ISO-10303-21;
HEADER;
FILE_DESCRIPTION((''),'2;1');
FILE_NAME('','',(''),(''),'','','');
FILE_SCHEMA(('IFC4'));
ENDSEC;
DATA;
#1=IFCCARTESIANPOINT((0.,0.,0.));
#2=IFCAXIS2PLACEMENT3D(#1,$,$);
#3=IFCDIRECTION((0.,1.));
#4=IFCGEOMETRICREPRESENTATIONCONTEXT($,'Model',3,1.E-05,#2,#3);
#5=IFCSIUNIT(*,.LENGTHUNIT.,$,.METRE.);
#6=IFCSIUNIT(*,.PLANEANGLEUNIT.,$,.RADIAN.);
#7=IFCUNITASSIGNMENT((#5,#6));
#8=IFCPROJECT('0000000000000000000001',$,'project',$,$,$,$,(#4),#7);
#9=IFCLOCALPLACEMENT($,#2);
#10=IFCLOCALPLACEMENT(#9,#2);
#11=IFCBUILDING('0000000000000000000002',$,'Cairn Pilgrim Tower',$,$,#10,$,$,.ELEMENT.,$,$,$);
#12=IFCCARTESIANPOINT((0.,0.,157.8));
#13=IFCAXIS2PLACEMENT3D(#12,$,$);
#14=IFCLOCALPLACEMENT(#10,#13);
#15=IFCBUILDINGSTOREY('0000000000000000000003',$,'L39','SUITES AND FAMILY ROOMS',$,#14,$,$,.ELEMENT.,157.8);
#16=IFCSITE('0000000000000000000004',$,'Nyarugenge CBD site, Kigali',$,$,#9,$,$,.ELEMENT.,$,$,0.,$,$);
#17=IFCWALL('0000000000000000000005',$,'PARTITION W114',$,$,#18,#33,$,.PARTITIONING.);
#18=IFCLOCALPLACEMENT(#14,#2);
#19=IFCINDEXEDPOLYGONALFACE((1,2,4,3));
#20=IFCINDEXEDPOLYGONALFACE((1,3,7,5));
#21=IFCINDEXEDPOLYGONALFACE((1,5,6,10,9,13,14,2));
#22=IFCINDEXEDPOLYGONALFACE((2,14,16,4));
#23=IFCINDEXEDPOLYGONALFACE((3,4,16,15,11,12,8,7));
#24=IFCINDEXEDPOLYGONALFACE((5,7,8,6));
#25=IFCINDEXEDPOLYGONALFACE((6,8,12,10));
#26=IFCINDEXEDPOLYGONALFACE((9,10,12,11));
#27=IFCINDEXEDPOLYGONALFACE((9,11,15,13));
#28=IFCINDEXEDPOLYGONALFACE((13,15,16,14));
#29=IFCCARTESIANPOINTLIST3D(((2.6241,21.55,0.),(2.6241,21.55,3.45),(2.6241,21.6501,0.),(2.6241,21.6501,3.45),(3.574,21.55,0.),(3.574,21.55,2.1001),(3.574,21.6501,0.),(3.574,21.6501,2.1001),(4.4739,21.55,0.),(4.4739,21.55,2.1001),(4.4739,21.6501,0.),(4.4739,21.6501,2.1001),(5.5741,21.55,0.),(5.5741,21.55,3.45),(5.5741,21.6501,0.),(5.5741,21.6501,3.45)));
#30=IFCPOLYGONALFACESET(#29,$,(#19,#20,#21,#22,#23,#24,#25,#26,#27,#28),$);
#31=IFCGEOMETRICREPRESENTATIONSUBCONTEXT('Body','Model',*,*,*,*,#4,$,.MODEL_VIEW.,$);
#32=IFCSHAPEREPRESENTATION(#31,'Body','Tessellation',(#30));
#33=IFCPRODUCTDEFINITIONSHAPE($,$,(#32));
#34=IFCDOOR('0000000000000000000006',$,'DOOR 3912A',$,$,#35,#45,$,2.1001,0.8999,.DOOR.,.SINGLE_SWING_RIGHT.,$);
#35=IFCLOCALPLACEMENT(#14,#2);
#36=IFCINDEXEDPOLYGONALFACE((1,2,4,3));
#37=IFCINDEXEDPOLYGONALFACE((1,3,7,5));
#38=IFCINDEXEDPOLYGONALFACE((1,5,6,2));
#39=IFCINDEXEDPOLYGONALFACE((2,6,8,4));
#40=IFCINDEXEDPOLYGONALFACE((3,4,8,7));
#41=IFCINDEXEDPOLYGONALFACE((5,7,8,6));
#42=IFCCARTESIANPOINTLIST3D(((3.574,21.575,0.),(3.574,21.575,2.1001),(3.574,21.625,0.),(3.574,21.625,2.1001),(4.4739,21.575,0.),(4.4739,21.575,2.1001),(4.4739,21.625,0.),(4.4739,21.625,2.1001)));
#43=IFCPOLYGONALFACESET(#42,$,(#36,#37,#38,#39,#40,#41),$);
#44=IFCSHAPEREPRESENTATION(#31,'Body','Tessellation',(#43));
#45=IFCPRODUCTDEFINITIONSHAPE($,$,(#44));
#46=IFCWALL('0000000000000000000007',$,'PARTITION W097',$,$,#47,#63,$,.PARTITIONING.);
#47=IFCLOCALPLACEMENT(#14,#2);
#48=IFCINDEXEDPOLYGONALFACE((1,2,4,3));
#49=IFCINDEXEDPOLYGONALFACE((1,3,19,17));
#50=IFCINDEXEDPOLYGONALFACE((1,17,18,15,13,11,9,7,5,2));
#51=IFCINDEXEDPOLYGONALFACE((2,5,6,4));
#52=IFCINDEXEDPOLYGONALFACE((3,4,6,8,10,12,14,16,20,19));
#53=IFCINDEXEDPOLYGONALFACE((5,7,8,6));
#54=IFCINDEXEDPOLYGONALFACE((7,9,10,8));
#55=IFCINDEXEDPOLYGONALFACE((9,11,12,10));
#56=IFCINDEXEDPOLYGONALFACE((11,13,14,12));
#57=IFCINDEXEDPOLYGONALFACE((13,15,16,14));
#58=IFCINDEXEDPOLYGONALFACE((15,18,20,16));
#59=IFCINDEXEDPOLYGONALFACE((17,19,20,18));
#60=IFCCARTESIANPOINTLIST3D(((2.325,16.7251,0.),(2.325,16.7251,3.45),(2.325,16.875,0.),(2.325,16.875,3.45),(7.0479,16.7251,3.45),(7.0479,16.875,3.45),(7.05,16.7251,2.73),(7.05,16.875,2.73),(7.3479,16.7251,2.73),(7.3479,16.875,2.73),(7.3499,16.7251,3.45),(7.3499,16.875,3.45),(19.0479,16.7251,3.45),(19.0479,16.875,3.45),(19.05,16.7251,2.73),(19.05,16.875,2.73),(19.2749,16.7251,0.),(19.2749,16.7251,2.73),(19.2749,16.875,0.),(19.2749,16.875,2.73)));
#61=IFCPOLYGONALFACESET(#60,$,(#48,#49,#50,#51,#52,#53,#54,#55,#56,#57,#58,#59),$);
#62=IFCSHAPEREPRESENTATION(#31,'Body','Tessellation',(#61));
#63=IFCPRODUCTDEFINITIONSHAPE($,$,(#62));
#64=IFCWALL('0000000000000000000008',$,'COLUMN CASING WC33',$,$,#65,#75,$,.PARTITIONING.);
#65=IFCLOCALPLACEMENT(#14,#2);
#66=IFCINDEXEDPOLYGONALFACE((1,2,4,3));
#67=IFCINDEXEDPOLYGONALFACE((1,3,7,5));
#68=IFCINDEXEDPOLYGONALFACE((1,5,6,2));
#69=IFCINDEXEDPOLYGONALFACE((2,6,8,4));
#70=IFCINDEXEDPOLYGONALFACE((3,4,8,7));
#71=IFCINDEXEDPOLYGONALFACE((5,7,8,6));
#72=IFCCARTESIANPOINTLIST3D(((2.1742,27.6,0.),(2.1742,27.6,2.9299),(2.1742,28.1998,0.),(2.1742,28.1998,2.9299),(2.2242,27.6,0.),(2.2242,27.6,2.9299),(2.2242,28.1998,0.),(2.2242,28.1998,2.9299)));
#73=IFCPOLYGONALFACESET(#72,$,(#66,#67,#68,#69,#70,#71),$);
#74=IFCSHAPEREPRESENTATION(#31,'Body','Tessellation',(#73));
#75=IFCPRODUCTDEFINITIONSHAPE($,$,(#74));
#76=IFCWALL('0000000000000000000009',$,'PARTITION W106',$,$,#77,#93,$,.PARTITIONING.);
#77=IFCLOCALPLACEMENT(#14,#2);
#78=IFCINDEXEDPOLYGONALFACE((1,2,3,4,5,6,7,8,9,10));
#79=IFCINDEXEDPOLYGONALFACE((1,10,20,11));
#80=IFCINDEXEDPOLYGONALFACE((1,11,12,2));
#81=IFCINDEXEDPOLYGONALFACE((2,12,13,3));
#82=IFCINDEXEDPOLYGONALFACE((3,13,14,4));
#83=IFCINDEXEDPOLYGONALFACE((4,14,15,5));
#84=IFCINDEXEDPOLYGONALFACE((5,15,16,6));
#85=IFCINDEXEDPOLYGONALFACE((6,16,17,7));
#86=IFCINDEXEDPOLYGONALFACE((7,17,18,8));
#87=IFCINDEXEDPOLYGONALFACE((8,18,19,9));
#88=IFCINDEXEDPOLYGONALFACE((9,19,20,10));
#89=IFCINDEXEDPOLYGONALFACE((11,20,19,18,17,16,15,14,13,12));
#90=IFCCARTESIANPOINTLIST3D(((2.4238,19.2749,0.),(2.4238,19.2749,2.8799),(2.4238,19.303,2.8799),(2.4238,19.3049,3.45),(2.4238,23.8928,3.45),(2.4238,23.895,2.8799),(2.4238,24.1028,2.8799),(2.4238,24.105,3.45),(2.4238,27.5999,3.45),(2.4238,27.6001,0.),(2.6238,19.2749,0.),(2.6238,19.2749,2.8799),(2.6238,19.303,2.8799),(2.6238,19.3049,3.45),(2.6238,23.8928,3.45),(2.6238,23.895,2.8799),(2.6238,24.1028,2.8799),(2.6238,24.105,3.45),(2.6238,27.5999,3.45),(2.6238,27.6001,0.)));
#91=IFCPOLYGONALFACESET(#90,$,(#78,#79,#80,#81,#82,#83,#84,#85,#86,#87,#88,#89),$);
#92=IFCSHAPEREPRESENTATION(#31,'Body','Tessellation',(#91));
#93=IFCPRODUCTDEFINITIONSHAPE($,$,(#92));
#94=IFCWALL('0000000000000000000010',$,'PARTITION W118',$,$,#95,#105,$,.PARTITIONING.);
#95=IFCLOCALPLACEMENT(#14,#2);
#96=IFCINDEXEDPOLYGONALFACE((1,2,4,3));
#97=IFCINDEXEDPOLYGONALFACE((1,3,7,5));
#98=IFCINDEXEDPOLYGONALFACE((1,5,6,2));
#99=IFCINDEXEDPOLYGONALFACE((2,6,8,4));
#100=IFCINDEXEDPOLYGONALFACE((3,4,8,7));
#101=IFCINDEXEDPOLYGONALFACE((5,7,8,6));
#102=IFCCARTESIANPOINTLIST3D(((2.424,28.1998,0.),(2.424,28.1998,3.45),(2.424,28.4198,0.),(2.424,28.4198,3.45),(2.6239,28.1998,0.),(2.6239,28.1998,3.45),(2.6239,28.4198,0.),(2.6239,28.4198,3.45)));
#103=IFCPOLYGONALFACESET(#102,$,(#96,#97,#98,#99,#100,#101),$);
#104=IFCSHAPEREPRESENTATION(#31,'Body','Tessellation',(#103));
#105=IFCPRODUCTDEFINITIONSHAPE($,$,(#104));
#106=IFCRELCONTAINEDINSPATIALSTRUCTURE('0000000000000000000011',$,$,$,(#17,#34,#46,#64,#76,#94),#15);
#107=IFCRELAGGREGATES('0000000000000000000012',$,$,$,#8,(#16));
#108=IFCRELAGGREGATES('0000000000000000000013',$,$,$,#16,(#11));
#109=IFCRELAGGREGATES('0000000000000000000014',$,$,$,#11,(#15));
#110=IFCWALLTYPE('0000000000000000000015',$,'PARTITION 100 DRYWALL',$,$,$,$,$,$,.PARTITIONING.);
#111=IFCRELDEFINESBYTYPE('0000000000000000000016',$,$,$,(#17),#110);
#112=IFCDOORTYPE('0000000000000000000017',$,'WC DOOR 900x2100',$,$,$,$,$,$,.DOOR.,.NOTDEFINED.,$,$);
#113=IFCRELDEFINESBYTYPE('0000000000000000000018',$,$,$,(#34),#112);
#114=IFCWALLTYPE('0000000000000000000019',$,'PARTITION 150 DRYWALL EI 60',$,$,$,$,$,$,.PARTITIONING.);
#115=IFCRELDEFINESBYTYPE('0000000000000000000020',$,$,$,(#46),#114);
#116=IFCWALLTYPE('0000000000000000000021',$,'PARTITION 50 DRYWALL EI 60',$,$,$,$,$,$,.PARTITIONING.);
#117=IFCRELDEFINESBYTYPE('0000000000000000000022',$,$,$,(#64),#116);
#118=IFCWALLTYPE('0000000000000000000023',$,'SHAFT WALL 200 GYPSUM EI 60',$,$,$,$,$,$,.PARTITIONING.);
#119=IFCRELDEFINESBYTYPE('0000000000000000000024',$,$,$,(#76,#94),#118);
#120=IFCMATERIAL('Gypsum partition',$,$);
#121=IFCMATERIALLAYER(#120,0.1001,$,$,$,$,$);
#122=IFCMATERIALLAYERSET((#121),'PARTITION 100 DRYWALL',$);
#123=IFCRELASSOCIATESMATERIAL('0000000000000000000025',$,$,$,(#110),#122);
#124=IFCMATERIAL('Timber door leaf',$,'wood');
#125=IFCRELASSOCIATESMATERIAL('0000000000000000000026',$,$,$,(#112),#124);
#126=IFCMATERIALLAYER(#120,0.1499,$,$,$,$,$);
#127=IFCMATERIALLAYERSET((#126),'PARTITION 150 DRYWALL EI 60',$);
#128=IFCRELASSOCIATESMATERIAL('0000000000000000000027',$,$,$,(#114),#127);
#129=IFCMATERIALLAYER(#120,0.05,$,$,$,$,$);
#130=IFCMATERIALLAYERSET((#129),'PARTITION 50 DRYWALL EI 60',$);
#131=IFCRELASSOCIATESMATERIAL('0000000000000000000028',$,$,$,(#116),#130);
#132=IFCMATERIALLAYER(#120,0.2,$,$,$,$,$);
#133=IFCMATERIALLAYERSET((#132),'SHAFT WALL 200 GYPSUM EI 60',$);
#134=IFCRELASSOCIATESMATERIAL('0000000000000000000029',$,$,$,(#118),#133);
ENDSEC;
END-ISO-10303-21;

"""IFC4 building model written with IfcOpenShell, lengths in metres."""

from ifc_helpers import new_model, si_unit, direction, frame, frame_2d, origin, place, context, subcontext, project, spatial, polyline, rectangle, outline, extrude, material, layer, layer_set, type_object, element, fill, save


model = new_model("IFC4")

# Units and contexts
model_context = context("Model", 3, precision=1e-05, world=origin(), true_north=direction((0.0, 1.0)))
body_context = subcontext(model_context, "Body", "Model", "MODEL_VIEW")
ifc_project = project(units=[si_unit("LENGTHUNIT", "METRE"), si_unit("PLANEANGLEUNIT", "RADIAN")], contexts=[model_context])

# Site, building, storey
site_placement = place(None, origin())
site = spatial("IfcSite", under=ifc_project, at=site_placement, Name="Nyarugenge CBD site, Kigali", CompositionType="ELEMENT", RefElevation=0.0)
building_placement = place(site_placement, origin())
building = spatial("IfcBuilding", under=site, at=building_placement, Name="Cairn Pilgrim Tower", CompositionType="ELEMENT")
storey_placement = place(building_placement, frame((0.0, 0.0, 157.8)))
storey = spatial("IfcBuildingStorey", under=building, at=storey_placement, Name="L39", Description="SUITES AND FAMILY ROOMS", CompositionType="ELEMENT", Elevation=157.8)

# Shared definitions
ifc_material_1 = material(Name="Gypsum partition")
ifc_layer_1 = layer(ifc_material_1, 0.1001)
ifc_layer_set_1 = layer_set([ifc_layer_1], Name="PARTITION 100 DRYWALL")
wall_type_1 = type_object("IfcWallType", Name="PARTITION 100 DRYWALL", PredefinedType="PARTITIONING", material=ifc_layer_set_1)

# Shared definitions
ifc_material_2 = material(Name="Timber door leaf", Category="wood")

# Wall, opening, door
wall_1_placement = place(storey_placement, frame((2.624, 21.6001, 0.0), z_axis=(0.0, 0.0, 1.0), x_axis=(1.0, 0.0, 0.0)))
wall_1 = element("IfcWall", 1, at=wall_1_placement, inside=storey, type_object=wall_type_1, Name="PARTITION W114", PredefinedType="PARTITIONING", context=body_context, shape_type="SweptSolid", body=[
    extrude(rectangle(XDim=2.95, YDim=0.1001, at=frame_2d((1.4751, 0.0))), origin(), (0.0, 0.0, 1.0), 3.45),
])
opening_1_placement = place(wall_1_placement, frame((0.95, 0.0, 0.0)))
opening_1 = element("IfcOpeningElement", 2, at=opening_1_placement, cuts=wall_1, PredefinedType="OPENING", context=body_context, shape_type="SweptSolid", body=[
    extrude(rectangle(XDim=0.8999, YDim=2.1001, at=frame_2d((0.45, 1.05))), frame((0.0, 0.0601, 0.0), z_axis=(0.0, -1.0, 0.0), x_axis=(1.0, 0.0, 0.0)), (0.0, 0.0, 1.0), 0.1201),
])
door_type_1 = type_object("IfcDoorType", Name="WC DOOR 900x2100", OperationType="NOTDEFINED", PredefinedType="DOOR", material=ifc_material_2)
door_1_placement = place(opening_1_placement, origin())
door_1 = element("IfcDoor", 3, at=door_1_placement, inside=storey, type_object=door_type_1, Name="DOOR 3912A", OperationType="SINGLE_SWING_RIGHT", OverallHeight=2.1001, OverallWidth=0.8999, PredefinedType="DOOR", context=body_context, shape_type="SweptSolid", body=[
    extrude(rectangle(XDim=0.8999, YDim=2.1001, at=frame_2d((0.45, 1.05))), frame((0.0, 0.0249, 0.0), z_axis=(0.0, -1.0, 0.0), x_axis=(1.0, 0.0, 0.0)), (0.0, 0.0, 1.0), 0.05),
])
fill(opening_1, door_1)

# Walls
ifc_layer_2 = layer(ifc_material_1, 0.1499)
ifc_layer_set_2 = layer_set([ifc_layer_2], Name="PARTITION 150 DRYWALL EI 60")
wall_type_2 = type_object("IfcWallType", Name="PARTITION 150 DRYWALL EI 60", PredefinedType="PARTITIONING", material=ifc_layer_set_2)
wall_2_placement = place(storey_placement, frame((2.325, 16.8, 0.0), z_axis=(0.0, 0.0, 1.0), x_axis=(1.0, 0.0, 0.0)))
element("IfcWall", 4, at=wall_2_placement, inside=storey, type_object=wall_type_2, Name="PARTITION W097", PredefinedType="PARTITIONING", context=body_context, shape_type="SweptSolid", body=[
    extrude(outline(polyline([(0.0, 0.0), (16.95, 0.0), (16.95, 2.73), (16.7251, 2.73), (16.7229, 3.45), (5.0249, 3.45), (5.0229, 2.73), (4.7251, 2.73), (4.7229, 3.45), (0.0, 3.45), (0.0, 0.0)])), frame((0.0, 0.075, 0.0), z_axis=(0.0, -1.0, 0.0), x_axis=(1.0, 0.0, 0.0)), (0.0, 0.0, 1.0), 0.1499),
])
ifc_layer_3 = layer(ifc_material_1, 0.05)
ifc_layer_set_3 = layer_set([ifc_layer_3], Name="PARTITION 50 DRYWALL EI 60")
wall_type_3 = type_object("IfcWallType", Name="PARTITION 50 DRYWALL EI 60", PredefinedType="PARTITIONING", material=ifc_layer_set_3)
wall_3_placement = place(storey_placement, frame((2.1992, 27.6001, 0.0), z_axis=(0.0, 0.0, 1.0), x_axis=(0.0, 1.0, 0.0)))
element("IfcWall", 5, at=wall_3_placement, inside=storey, type_object=wall_type_3, Name="COLUMN CASING WC33", PredefinedType="PARTITIONING", context=body_context, shape_type="SweptSolid", body=[
    extrude(rectangle(XDim=0.5999, YDim=0.05, at=frame_2d((0.2998, 0.0))), origin(), (0.0, 0.0, 1.0), 2.9299),
])
ifc_layer_4 = layer(ifc_material_1, 0.2)
ifc_layer_set_4 = layer_set([ifc_layer_4], Name="SHAFT WALL 200 GYPSUM EI 60")
wall_type_4 = type_object("IfcWallType", Name="SHAFT WALL 200 GYPSUM EI 60", PredefinedType="PARTITIONING", material=ifc_layer_set_4)
wall_4_placement = place(storey_placement, frame((2.5239, 19.2749, 0.0), z_axis=(0.0, 0.0, 1.0), x_axis=(0.0, 1.0, 0.0)))
element("IfcWall", 6, at=wall_4_placement, inside=storey, type_object=wall_type_4, Name="PARTITION W106", PredefinedType="PARTITIONING", context=body_context, shape_type="SweptSolid", body=[
    extrude(outline(polyline([(0.0, 0.0), (8.3252, 0.0), (8.325, 3.45), (4.8301, 3.45), (4.8279, 2.8799), (4.6201, 2.8799), (4.6179, 3.45), (0.03, 3.45), (0.0281, 2.8799), (0.0, 2.8799), (0.0, 0.0)])), frame((0.0, 0.1001, 0.0), z_axis=(0.0, -1.0, 0.0), x_axis=(1.0, 0.0, 0.0)), (0.0, 0.0, 1.0), 0.2),
])
wall_5_placement = place(storey_placement, frame((2.5239, 28.2, 0.0), z_axis=(0.0, 0.0, 1.0), x_axis=(0.0, 1.0, 0.0)))
element("IfcWall", 7, at=wall_5_placement, inside=storey, type_object=wall_type_4, Name="PARTITION W118", PredefinedType="PARTITIONING", context=body_context, shape_type="SweptSolid", body=[
    extrude(rectangle(XDim=0.22, YDim=0.2, at=frame_2d((0.1099, 0.0))), origin(), (0.0, 0.0, 1.0), 3.45),
])

save(model, "model.ifc")
